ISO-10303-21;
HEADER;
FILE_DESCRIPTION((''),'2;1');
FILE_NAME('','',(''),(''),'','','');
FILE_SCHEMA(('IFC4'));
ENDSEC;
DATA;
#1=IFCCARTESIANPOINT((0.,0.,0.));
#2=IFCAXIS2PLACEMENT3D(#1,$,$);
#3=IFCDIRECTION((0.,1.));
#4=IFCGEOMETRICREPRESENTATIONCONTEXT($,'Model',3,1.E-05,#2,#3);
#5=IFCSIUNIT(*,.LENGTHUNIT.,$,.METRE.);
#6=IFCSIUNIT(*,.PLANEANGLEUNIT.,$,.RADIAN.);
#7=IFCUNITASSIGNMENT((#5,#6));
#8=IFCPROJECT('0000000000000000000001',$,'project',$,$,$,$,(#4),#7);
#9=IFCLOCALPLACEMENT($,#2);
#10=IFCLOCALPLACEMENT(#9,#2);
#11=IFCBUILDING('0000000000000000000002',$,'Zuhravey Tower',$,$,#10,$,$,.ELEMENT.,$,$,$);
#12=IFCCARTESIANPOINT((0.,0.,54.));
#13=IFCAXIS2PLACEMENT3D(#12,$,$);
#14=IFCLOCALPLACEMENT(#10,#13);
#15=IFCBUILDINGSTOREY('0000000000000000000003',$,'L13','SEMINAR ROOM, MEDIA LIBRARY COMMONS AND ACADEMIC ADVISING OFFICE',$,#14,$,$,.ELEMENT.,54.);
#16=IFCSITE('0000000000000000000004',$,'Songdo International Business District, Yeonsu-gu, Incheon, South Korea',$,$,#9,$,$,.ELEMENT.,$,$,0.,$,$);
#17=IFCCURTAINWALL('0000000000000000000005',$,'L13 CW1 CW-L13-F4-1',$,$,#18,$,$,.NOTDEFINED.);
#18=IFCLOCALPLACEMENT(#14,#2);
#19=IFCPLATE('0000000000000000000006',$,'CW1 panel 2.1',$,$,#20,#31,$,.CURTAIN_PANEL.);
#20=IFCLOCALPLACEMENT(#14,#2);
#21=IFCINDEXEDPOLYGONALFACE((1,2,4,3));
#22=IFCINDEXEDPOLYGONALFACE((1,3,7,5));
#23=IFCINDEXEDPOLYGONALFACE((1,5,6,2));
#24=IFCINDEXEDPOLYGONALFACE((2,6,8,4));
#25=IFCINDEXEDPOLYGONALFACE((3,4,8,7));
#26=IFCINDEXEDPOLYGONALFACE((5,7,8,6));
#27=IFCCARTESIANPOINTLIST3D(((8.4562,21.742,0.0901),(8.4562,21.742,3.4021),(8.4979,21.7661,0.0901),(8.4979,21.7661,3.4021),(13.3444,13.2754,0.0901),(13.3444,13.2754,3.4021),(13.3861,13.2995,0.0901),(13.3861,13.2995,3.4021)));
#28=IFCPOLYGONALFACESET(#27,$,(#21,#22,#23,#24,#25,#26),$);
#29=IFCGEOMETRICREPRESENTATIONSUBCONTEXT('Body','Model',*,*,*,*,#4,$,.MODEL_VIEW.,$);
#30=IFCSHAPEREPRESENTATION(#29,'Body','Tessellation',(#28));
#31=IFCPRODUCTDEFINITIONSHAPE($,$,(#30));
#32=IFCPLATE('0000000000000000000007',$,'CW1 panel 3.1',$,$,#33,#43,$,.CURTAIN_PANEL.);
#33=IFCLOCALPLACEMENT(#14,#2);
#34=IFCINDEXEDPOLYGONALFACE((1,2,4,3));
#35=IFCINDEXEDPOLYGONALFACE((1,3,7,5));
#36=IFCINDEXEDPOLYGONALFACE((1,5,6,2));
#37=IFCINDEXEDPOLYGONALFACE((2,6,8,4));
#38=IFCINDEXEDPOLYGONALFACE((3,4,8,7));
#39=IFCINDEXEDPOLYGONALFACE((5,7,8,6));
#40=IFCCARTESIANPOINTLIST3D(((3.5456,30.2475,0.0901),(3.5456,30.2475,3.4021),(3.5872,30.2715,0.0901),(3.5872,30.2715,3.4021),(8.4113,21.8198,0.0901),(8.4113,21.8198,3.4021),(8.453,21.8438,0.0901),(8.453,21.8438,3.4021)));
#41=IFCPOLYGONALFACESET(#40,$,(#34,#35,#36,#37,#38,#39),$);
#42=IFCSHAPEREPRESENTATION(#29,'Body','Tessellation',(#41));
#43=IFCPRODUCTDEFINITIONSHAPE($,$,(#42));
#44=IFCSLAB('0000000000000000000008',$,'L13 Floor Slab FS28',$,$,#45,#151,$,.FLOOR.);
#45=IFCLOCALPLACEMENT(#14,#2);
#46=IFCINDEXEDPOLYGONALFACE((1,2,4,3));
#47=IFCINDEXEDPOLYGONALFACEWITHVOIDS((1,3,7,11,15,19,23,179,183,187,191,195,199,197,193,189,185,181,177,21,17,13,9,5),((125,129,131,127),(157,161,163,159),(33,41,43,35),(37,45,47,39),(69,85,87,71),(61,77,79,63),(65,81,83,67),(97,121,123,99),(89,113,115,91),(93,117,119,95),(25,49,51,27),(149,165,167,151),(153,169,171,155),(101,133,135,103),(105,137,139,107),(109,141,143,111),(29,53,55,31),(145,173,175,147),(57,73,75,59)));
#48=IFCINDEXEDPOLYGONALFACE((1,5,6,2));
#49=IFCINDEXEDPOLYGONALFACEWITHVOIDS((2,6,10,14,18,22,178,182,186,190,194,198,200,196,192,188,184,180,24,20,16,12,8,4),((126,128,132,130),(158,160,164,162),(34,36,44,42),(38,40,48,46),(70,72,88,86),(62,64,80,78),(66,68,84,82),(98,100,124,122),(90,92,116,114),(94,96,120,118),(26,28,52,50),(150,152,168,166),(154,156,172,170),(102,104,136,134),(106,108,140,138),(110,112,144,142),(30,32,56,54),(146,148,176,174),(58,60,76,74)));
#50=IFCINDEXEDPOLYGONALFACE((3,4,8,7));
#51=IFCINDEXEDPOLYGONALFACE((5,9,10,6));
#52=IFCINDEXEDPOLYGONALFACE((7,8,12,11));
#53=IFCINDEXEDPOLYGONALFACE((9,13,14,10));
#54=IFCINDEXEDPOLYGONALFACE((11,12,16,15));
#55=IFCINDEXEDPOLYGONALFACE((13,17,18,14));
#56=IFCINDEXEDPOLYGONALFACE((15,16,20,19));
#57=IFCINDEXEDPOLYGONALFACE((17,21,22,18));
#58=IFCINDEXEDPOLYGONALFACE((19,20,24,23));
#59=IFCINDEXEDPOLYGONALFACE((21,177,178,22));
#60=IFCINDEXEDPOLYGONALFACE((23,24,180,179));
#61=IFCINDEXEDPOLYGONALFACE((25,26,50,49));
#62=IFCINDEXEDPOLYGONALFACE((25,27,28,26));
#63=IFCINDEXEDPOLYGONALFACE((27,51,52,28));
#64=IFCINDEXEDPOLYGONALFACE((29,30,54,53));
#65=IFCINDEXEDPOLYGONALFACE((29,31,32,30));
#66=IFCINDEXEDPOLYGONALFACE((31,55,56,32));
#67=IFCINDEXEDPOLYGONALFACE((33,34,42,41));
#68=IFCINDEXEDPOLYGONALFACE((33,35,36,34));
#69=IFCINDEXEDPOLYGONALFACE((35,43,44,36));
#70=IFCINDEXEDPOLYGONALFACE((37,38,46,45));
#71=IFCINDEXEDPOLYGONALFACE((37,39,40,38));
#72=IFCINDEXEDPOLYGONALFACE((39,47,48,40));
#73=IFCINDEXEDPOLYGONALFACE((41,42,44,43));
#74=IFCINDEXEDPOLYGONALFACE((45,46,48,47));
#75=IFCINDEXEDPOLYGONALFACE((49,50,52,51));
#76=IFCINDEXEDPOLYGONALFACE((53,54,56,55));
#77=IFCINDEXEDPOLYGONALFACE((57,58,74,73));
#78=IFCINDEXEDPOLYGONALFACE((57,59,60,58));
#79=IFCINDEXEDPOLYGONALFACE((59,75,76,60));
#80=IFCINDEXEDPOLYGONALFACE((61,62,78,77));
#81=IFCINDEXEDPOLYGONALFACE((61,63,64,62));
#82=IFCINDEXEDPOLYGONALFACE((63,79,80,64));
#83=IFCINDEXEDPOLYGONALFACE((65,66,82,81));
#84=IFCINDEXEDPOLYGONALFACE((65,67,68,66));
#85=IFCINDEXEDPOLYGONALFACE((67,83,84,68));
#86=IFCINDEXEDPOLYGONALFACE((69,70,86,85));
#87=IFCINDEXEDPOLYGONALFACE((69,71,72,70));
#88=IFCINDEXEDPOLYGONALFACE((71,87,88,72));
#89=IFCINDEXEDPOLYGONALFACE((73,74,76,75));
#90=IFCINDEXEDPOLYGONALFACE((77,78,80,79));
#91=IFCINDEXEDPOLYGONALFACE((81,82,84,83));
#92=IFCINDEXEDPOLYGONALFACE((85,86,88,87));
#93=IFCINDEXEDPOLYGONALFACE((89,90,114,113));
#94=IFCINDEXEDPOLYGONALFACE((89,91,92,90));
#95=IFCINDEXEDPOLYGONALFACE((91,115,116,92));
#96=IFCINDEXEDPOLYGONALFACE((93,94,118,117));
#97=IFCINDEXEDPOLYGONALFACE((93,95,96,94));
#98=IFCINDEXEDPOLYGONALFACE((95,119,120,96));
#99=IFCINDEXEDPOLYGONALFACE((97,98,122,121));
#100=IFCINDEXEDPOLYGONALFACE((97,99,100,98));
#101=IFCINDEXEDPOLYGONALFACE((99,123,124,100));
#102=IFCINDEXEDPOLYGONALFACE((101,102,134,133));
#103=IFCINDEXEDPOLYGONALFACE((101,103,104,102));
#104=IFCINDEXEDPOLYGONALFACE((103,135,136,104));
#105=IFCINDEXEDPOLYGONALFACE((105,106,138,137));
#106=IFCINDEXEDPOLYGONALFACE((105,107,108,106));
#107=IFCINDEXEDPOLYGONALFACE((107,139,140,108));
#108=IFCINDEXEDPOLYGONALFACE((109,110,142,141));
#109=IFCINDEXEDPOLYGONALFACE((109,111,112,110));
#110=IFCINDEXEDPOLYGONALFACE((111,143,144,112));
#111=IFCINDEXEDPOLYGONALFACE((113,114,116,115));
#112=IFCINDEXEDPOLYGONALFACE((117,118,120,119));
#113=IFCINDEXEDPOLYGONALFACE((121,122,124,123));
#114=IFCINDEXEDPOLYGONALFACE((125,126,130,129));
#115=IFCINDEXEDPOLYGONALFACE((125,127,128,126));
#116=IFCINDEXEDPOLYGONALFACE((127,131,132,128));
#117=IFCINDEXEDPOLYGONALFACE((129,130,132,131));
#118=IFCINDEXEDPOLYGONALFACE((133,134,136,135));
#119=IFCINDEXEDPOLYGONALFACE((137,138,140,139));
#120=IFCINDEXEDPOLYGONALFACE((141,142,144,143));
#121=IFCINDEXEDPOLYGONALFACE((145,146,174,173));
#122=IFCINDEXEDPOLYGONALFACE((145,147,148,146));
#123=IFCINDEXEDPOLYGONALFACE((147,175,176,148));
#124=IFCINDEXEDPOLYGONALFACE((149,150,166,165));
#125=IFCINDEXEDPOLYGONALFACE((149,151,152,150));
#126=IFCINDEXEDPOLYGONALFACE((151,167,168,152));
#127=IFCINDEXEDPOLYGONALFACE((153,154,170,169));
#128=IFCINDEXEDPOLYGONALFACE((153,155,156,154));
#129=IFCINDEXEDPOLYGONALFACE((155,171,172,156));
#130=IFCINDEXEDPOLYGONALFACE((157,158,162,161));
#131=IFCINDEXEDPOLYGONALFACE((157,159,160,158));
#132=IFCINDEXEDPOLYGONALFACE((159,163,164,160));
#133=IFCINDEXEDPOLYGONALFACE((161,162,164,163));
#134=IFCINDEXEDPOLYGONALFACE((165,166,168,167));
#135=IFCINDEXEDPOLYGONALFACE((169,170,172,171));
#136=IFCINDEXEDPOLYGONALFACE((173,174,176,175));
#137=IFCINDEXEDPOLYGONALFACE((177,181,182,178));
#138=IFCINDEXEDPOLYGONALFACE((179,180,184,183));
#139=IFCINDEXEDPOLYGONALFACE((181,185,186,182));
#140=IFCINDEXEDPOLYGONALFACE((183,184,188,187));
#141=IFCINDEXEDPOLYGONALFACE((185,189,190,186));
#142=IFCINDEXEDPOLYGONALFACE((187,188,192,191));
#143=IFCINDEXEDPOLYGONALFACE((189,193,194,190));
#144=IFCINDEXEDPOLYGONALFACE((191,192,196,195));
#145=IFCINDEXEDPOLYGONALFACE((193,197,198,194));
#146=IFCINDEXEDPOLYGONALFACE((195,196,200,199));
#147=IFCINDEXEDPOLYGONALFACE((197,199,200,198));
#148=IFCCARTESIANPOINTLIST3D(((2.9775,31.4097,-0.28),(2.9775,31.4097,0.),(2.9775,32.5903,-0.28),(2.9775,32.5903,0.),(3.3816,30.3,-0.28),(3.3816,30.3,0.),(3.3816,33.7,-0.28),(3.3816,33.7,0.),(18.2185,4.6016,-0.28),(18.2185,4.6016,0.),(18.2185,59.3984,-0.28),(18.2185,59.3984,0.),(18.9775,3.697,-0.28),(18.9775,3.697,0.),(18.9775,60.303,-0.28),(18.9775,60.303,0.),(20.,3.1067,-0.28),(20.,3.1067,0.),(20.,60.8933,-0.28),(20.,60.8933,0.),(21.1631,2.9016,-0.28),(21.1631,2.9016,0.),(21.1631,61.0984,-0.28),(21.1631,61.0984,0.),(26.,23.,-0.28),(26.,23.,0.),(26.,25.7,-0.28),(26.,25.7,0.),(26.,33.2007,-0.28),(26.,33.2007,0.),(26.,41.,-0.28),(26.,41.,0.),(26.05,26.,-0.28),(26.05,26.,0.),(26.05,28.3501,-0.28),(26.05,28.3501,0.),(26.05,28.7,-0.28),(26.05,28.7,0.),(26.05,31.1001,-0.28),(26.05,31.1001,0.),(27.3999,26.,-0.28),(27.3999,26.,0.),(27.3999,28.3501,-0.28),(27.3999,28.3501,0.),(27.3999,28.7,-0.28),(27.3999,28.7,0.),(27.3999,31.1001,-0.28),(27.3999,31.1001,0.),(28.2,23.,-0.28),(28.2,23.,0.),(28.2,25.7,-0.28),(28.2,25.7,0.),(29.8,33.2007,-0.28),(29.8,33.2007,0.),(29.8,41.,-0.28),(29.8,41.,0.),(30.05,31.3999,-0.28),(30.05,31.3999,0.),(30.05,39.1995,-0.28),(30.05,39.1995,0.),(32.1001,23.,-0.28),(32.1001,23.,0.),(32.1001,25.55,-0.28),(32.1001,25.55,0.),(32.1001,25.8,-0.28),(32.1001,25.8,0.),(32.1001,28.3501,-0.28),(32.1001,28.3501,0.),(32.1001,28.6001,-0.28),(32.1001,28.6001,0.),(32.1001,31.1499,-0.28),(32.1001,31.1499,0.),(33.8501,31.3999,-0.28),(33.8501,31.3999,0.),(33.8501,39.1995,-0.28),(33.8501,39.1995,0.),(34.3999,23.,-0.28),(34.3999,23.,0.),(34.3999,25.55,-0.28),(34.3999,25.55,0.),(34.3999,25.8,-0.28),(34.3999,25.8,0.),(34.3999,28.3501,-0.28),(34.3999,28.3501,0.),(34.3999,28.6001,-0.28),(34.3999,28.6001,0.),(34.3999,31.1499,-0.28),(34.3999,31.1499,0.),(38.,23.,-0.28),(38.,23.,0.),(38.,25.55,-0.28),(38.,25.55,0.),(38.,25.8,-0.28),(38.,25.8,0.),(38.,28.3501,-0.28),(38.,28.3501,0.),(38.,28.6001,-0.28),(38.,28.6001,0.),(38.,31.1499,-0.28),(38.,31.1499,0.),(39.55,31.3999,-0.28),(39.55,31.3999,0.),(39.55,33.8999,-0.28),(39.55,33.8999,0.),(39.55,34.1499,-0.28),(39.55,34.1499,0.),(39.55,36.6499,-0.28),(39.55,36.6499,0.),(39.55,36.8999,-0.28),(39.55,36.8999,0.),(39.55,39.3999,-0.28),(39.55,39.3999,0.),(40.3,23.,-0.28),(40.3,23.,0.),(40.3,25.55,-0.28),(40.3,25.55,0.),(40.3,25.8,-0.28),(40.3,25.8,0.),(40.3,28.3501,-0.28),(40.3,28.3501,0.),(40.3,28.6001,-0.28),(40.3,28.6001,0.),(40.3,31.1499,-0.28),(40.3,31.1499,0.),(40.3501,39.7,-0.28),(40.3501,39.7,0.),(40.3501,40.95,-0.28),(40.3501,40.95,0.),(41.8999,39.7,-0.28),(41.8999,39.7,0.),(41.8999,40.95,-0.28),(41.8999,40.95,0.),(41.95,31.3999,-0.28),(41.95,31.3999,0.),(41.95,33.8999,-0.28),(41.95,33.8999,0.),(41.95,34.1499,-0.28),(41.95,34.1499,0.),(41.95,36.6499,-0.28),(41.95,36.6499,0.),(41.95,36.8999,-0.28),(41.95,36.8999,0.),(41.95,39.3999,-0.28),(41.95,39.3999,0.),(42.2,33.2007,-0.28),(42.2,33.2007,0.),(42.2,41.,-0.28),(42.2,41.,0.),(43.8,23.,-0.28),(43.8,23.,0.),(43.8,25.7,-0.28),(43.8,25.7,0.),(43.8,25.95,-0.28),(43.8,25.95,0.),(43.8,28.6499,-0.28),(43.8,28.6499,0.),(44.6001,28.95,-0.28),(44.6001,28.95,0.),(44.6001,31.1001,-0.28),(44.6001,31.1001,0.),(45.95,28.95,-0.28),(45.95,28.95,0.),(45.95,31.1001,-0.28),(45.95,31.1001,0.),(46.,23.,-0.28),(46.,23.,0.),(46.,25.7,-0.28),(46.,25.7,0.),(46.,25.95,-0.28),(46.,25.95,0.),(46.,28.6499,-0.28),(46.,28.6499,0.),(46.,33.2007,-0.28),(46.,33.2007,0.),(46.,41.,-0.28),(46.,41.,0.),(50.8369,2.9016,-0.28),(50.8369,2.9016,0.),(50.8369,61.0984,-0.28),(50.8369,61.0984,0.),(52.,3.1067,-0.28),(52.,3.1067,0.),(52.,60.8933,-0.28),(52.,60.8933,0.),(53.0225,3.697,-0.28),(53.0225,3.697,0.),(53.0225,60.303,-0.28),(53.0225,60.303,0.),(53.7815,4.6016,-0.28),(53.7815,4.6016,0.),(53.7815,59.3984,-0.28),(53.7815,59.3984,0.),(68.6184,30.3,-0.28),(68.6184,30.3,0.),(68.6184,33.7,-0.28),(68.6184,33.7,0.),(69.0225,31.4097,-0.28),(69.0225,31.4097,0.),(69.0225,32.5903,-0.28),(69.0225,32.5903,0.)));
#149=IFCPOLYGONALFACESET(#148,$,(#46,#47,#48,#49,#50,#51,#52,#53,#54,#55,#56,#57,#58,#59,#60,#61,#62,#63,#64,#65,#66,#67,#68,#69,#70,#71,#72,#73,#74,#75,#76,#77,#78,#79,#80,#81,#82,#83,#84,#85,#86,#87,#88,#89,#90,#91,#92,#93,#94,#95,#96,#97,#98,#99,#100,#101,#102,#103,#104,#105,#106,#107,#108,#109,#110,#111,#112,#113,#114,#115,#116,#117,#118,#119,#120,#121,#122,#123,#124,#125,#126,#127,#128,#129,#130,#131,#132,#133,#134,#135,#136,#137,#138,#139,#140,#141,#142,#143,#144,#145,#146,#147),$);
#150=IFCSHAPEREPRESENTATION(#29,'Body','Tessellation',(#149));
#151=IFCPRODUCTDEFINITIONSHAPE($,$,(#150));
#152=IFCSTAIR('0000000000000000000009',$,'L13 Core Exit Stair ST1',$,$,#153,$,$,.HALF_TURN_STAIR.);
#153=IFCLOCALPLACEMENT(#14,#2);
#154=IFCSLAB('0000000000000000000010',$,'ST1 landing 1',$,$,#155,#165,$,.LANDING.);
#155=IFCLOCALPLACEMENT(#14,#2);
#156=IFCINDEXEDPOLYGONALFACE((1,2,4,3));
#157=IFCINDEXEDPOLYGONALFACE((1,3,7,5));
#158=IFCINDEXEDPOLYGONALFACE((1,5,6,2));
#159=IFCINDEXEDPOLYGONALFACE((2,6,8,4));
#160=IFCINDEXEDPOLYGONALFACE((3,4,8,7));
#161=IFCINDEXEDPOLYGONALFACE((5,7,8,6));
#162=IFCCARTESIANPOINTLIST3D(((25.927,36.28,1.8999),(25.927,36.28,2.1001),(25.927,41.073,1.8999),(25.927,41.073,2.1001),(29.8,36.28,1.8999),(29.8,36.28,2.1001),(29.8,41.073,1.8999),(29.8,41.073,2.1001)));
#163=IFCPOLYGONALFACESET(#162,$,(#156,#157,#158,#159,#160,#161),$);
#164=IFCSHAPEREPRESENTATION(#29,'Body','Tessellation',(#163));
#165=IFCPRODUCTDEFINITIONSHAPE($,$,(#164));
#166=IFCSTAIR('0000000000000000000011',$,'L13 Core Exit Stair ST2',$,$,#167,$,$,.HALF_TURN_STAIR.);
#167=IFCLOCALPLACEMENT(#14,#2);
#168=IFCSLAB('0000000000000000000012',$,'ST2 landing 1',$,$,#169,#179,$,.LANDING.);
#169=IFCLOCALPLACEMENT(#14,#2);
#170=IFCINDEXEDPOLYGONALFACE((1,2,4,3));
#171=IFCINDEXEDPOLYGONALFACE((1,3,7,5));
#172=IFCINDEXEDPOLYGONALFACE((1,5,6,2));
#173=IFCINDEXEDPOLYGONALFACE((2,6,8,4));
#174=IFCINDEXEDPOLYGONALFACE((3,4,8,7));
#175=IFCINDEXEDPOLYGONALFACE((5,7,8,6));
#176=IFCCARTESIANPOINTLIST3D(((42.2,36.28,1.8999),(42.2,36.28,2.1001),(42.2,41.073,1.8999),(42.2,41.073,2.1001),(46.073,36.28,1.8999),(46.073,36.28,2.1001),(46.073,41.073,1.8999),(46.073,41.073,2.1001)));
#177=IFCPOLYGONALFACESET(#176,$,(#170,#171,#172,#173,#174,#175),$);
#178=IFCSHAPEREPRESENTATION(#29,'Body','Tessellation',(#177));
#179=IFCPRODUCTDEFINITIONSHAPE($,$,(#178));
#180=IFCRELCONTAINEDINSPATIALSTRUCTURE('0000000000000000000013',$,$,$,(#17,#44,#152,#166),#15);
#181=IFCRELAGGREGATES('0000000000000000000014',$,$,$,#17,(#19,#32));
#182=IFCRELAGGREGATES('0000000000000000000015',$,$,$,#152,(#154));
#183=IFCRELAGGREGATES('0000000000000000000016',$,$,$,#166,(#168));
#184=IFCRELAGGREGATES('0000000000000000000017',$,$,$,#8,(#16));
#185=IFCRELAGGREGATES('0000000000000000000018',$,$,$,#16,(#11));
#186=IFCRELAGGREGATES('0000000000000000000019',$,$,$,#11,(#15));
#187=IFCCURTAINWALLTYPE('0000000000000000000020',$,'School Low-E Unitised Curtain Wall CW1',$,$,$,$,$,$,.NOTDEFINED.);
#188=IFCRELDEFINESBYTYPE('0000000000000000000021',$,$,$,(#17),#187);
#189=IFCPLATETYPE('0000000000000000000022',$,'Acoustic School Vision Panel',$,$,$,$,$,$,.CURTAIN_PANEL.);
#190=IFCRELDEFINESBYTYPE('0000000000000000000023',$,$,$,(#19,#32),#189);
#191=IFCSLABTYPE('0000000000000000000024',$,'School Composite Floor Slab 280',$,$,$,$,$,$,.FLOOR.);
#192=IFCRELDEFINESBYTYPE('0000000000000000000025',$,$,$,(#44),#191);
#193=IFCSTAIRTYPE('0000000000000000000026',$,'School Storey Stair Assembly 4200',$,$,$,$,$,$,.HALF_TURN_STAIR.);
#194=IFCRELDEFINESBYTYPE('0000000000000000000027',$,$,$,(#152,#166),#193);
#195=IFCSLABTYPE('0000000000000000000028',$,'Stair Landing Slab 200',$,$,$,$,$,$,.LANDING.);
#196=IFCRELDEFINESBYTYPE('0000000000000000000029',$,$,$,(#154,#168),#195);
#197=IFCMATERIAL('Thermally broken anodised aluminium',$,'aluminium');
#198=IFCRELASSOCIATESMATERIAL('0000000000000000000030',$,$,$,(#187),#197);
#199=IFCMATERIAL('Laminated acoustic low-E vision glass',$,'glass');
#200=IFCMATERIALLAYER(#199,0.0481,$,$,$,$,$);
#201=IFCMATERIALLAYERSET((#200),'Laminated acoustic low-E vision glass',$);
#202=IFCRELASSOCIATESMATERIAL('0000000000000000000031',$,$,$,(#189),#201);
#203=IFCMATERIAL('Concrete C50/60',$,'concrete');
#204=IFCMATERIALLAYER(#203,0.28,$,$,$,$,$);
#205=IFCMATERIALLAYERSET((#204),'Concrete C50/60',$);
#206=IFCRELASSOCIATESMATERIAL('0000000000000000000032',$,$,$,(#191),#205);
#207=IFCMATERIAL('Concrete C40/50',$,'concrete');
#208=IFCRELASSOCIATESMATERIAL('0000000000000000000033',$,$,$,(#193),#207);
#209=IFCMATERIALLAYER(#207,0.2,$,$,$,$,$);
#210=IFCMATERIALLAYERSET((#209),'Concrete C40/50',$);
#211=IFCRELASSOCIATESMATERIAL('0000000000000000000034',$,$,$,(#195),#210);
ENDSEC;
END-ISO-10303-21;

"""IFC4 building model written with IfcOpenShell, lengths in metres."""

from ifc_helpers import new_model, si_unit, direction, frame, origin, origin_2d, place, context, subcontext, project, spatial, polyline, rectangle, outline, extrude, material, layer, layer_set, type_object, element, aggregate, save


model = new_model("IFC4")

# Units and contexts
model_context = context("Model", 3, precision=1e-05, world=origin(), true_north=direction((0.0, 1.0)))
body_context = subcontext(model_context, "Body", "Model", "MODEL_VIEW")
ifc_project = project(units=[si_unit("LENGTHUNIT", "METRE"), si_unit("PLANEANGLEUNIT", "RADIAN")], contexts=[model_context])

# Site, building, storey
site_placement = place(None, origin())
site = spatial("IfcSite", under=ifc_project, at=site_placement, Name="Songdo International Business District, Yeonsu-gu, Incheon, South Korea", CompositionType="ELEMENT", RefElevation=0.0)
building_placement = place(site_placement, origin())
building = spatial("IfcBuilding", under=site, at=building_placement, Name="Zuhravey Tower", CompositionType="ELEMENT")
storey_placement = place(building_placement, frame((0.0, 0.0, 54.0)))
storey = spatial("IfcBuildingStorey", under=building, at=storey_placement, Name="L13", Description="SEMINAR ROOM, MEDIA LIBRARY COMMONS AND ACADEMIC ADVISING OFFICE", CompositionType="ELEMENT", Elevation=54.0)

# Shared definitions
ifc_material_1 = material(Name="Thermally broken anodised aluminium", Category="aluminium")
curtain_wall_type = type_object("IfcCurtainWallType", Name="School Low-E Unitised Curtain Wall CW1", PredefinedType="NOTDEFINED", material=ifc_material_1)

# Curtain wall
curtain_wall_1_placement = place(storey_placement, origin())
curtain_wall_1 = element("IfcCurtainWall", 1, at=curtain_wall_1_placement, inside=storey, type_object=curtain_wall_type, Name="L13 CW1 CW-L13-F4-1", PredefinedType="NOTDEFINED")

# Plates
ifc_material_2 = material(Name="Laminated acoustic low-E vision glass", Category="glass")
ifc_layer_1 = layer(ifc_material_2, 0.0481)
ifc_layer_set_1 = layer_set([ifc_layer_1], Name="Laminated acoustic low-E vision glass")
plate_type = type_object("IfcPlateType", Name="Acoustic School Vision Panel", PredefinedType="CURTAIN_PANEL", material=ifc_layer_set_1)
plate_1_placement = place(storey_placement, frame((10.9211, 17.5208, 0.0901), z_axis=(0.0, 0.0, 1.0), x_axis=(-0.5, 0.866026, 0.0)))
plate_1 = element("IfcPlate", 2, at=plate_1_placement, type_object=plate_type, Name="CW1 panel 2.1", PredefinedType="CURTAIN_PANEL", context=body_context, shape_type="SweptSolid", body=[
    extrude(rectangle(XDim=9.7764, YDim=0.0481, at=origin_2d()), origin(), (0.0, 0.0, 1.0), 3.312),
])
plate_2_placement = place(storey_placement, frame((5.9993, 26.0457, 0.0901), z_axis=(0.0, 0.0, 1.0), x_axis=(-0.5, 0.866026, 0.0)))
plate_2 = element("IfcPlate", 3, at=plate_2_placement, type_object=plate_type, Name="CW1 panel 3.1", PredefinedType="CURTAIN_PANEL", context=body_context, shape_type="SweptSolid", body=[
    extrude(rectangle(XDim=9.7314, YDim=0.0481, at=origin_2d()), origin(), (0.0, 0.0, 1.0), 3.312),
])
aggregate(curtain_wall_1, [plate_1, plate_2])

# Slab
ifc_material_3 = material(Name="Concrete C50/60", Category="concrete")
ifc_layer_2 = layer(ifc_material_3, 0.28)
ifc_layer_set_2 = layer_set([ifc_layer_2], Name="Concrete C50/60")
slab_type_1 = type_object("IfcSlabType", Name="School Composite Floor Slab 280", PredefinedType="FLOOR", material=ifc_layer_set_2)
slab_1_placement = place(storey_placement, frame((0.0, 0.0, -0.28)))
element("IfcSlab", 4, at=slab_1_placement, inside=storey, type_object=slab_type_1, Name="L13 Floor Slab FS28", PredefinedType="FLOOR", context=body_context, shape_type="SweptSolid", body=[
    extrude(outline(polyline([(68.6184, 30.3), (69.0225, 31.4097), (69.0225, 32.5903), (68.6184, 33.7), (53.7815, 59.3984), (53.0225, 60.303), (52.0, 60.8933), (50.8369, 61.0984), (21.1631, 61.0984), (20.0, 60.8933), (18.9775, 60.303), (18.2185, 59.3984), (3.3816, 33.7), (2.9775, 32.5903), (2.9775, 31.4097), (3.3816, 30.3), (18.2185, 4.6016), (18.9775, 3.697), (20.0, 3.1067), (21.1631, 2.9016), (50.8369, 2.9016), (52.0, 3.1067), (53.0225, 3.697), (53.7815, 4.6016), (68.6184, 30.3)]), holes=[polyline([(29.8, 33.2007), (29.8, 41.0), (26.0, 41.0), (26.0, 33.2007), (29.8, 33.2007)]), polyline([(46.0, 33.2007), (46.0, 41.0), (42.2, 41.0), (42.2, 33.2007), (46.0, 33.2007)]), polyline([(30.05, 39.1995), (30.05, 31.3999), (33.8501, 31.3999), (33.8501, 39.1995), (30.05, 39.1995)]), polyline([(32.1001, 23.0), (34.3999, 23.0), (34.3999, 25.55), (32.1001, 25.55), (32.1001, 23.0)]), polyline([(32.1001, 25.8), (34.3999, 25.8), (34.3999, 28.3501), (32.1001, 28.3501), (32.1001, 25.8)]), polyline([(32.1001, 28.6001), (34.3999, 28.6001), (34.3999, 31.1499), (32.1001, 31.1499), (32.1001, 28.6001)]), polyline([(38.0, 23.0), (40.3, 23.0), (40.3, 25.55), (38.0, 25.55), (38.0, 23.0)]), polyline([(38.0, 25.8), (40.3, 25.8), (40.3, 28.3501), (38.0, 28.3501), (38.0, 25.8)]), polyline([(38.0, 28.6001), (40.3, 28.6001), (40.3, 31.1499), (38.0, 31.1499), (38.0, 28.6001)]), polyline([(39.55, 31.3999), (41.95, 31.3999), (41.95, 33.8999), (39.55, 33.8999), (39.55, 31.3999)]), polyline([(39.55, 34.1499), (41.95, 34.1499), (41.95, 36.6499), (39.55, 36.6499), (39.55, 34.1499)]), polyline([(39.55, 36.8999), (41.95, 36.8999), (41.95, 39.3999), (39.55, 39.3999), (39.55, 36.8999)]), polyline([(26.0, 23.0), (28.2, 23.0), (28.2, 25.7), (26.0, 25.7), (26.0, 23.0)]), polyline([(43.8, 23.0), (46.0, 23.0), (46.0, 25.7), (43.8, 25.7), (43.8, 23.0)]), polyline([(43.8, 25.95), (46.0, 25.95), (46.0, 28.6499), (43.8, 28.6499), (43.8, 25.95)]), polyline([(26.05, 26.0), (27.3999, 26.0), (27.3999, 28.3501), (26.05, 28.3501), (26.05, 26.0)]), polyline([(26.05, 28.7), (27.3999, 28.7), (27.3999, 31.1001), (26.05, 31.1001), (26.05, 28.7)]), polyline([(44.6001, 28.95), (45.95, 28.95), (45.95, 31.1001), (44.6001, 31.1001), (44.6001, 28.95)]), polyline([(40.3501, 39.7), (41.8999, 39.7), (41.8999, 40.95), (40.3501, 40.95), (40.3501, 39.7)])]), origin(), (0.0, 0.0, 1.0), 0.28),
])

# Stairs, slabs
ifc_material_4 = material(Name="Concrete C40/50", Category="concrete")
stair_type = type_object("IfcStairType", Name="School Storey Stair Assembly 4200", PredefinedType="HALF_TURN_STAIR", material=ifc_material_4)
stair_1_placement = place(storey_placement, origin())
stair_1 = element("IfcStair", 5, at=stair_1_placement, inside=storey, type_object=stair_type, Name="L13 Core Exit Stair ST1", PredefinedType="HALF_TURN_STAIR")
ifc_layer_3 = layer(ifc_material_4, 0.2)
ifc_layer_set_3 = layer_set([ifc_layer_3], Name="Concrete C40/50")
slab_type_2 = type_object("IfcSlabType", Name="Stair Landing Slab 200", PredefinedType="LANDING", material=ifc_layer_set_3)
slab_2_placement = place(storey_placement, frame((0.0, 0.0, 1.8999)))
slab_2 = element("IfcSlab", 6, at=slab_2_placement, type_object=slab_type_2, Name="ST1 landing 1", PredefinedType="LANDING", context=body_context, shape_type="SweptSolid", body=[
    extrude(outline(polyline([(29.8, 36.28), (29.8, 41.073), (25.927, 41.073), (25.927, 36.28), (29.8, 36.28)])), origin(), (0.0, 0.0, 1.0), 0.2002),
])
aggregate(stair_1, [slab_2])
stair_2_placement = place(storey_placement, origin())
stair_2 = element("IfcStair", 7, at=stair_2_placement, inside=storey, type_object=stair_type, Name="L13 Core Exit Stair ST2", PredefinedType="HALF_TURN_STAIR")
slab_3_placement = place(storey_placement, frame((0.0, 0.0, 1.8999)))
slab_3 = element("IfcSlab", 8, at=slab_3_placement, type_object=slab_type_2, Name="ST2 landing 1", PredefinedType="LANDING", context=body_context, shape_type="SweptSolid", body=[
    extrude(outline(polyline([(46.073, 36.28), (46.073, 41.073), (42.2, 41.073), (42.2, 36.28), (46.073, 36.28)])), origin(), (0.0, 0.0, 1.0), 0.2002),
])
aggregate(stair_2, [slab_3])

save(model, "model.ifc")
